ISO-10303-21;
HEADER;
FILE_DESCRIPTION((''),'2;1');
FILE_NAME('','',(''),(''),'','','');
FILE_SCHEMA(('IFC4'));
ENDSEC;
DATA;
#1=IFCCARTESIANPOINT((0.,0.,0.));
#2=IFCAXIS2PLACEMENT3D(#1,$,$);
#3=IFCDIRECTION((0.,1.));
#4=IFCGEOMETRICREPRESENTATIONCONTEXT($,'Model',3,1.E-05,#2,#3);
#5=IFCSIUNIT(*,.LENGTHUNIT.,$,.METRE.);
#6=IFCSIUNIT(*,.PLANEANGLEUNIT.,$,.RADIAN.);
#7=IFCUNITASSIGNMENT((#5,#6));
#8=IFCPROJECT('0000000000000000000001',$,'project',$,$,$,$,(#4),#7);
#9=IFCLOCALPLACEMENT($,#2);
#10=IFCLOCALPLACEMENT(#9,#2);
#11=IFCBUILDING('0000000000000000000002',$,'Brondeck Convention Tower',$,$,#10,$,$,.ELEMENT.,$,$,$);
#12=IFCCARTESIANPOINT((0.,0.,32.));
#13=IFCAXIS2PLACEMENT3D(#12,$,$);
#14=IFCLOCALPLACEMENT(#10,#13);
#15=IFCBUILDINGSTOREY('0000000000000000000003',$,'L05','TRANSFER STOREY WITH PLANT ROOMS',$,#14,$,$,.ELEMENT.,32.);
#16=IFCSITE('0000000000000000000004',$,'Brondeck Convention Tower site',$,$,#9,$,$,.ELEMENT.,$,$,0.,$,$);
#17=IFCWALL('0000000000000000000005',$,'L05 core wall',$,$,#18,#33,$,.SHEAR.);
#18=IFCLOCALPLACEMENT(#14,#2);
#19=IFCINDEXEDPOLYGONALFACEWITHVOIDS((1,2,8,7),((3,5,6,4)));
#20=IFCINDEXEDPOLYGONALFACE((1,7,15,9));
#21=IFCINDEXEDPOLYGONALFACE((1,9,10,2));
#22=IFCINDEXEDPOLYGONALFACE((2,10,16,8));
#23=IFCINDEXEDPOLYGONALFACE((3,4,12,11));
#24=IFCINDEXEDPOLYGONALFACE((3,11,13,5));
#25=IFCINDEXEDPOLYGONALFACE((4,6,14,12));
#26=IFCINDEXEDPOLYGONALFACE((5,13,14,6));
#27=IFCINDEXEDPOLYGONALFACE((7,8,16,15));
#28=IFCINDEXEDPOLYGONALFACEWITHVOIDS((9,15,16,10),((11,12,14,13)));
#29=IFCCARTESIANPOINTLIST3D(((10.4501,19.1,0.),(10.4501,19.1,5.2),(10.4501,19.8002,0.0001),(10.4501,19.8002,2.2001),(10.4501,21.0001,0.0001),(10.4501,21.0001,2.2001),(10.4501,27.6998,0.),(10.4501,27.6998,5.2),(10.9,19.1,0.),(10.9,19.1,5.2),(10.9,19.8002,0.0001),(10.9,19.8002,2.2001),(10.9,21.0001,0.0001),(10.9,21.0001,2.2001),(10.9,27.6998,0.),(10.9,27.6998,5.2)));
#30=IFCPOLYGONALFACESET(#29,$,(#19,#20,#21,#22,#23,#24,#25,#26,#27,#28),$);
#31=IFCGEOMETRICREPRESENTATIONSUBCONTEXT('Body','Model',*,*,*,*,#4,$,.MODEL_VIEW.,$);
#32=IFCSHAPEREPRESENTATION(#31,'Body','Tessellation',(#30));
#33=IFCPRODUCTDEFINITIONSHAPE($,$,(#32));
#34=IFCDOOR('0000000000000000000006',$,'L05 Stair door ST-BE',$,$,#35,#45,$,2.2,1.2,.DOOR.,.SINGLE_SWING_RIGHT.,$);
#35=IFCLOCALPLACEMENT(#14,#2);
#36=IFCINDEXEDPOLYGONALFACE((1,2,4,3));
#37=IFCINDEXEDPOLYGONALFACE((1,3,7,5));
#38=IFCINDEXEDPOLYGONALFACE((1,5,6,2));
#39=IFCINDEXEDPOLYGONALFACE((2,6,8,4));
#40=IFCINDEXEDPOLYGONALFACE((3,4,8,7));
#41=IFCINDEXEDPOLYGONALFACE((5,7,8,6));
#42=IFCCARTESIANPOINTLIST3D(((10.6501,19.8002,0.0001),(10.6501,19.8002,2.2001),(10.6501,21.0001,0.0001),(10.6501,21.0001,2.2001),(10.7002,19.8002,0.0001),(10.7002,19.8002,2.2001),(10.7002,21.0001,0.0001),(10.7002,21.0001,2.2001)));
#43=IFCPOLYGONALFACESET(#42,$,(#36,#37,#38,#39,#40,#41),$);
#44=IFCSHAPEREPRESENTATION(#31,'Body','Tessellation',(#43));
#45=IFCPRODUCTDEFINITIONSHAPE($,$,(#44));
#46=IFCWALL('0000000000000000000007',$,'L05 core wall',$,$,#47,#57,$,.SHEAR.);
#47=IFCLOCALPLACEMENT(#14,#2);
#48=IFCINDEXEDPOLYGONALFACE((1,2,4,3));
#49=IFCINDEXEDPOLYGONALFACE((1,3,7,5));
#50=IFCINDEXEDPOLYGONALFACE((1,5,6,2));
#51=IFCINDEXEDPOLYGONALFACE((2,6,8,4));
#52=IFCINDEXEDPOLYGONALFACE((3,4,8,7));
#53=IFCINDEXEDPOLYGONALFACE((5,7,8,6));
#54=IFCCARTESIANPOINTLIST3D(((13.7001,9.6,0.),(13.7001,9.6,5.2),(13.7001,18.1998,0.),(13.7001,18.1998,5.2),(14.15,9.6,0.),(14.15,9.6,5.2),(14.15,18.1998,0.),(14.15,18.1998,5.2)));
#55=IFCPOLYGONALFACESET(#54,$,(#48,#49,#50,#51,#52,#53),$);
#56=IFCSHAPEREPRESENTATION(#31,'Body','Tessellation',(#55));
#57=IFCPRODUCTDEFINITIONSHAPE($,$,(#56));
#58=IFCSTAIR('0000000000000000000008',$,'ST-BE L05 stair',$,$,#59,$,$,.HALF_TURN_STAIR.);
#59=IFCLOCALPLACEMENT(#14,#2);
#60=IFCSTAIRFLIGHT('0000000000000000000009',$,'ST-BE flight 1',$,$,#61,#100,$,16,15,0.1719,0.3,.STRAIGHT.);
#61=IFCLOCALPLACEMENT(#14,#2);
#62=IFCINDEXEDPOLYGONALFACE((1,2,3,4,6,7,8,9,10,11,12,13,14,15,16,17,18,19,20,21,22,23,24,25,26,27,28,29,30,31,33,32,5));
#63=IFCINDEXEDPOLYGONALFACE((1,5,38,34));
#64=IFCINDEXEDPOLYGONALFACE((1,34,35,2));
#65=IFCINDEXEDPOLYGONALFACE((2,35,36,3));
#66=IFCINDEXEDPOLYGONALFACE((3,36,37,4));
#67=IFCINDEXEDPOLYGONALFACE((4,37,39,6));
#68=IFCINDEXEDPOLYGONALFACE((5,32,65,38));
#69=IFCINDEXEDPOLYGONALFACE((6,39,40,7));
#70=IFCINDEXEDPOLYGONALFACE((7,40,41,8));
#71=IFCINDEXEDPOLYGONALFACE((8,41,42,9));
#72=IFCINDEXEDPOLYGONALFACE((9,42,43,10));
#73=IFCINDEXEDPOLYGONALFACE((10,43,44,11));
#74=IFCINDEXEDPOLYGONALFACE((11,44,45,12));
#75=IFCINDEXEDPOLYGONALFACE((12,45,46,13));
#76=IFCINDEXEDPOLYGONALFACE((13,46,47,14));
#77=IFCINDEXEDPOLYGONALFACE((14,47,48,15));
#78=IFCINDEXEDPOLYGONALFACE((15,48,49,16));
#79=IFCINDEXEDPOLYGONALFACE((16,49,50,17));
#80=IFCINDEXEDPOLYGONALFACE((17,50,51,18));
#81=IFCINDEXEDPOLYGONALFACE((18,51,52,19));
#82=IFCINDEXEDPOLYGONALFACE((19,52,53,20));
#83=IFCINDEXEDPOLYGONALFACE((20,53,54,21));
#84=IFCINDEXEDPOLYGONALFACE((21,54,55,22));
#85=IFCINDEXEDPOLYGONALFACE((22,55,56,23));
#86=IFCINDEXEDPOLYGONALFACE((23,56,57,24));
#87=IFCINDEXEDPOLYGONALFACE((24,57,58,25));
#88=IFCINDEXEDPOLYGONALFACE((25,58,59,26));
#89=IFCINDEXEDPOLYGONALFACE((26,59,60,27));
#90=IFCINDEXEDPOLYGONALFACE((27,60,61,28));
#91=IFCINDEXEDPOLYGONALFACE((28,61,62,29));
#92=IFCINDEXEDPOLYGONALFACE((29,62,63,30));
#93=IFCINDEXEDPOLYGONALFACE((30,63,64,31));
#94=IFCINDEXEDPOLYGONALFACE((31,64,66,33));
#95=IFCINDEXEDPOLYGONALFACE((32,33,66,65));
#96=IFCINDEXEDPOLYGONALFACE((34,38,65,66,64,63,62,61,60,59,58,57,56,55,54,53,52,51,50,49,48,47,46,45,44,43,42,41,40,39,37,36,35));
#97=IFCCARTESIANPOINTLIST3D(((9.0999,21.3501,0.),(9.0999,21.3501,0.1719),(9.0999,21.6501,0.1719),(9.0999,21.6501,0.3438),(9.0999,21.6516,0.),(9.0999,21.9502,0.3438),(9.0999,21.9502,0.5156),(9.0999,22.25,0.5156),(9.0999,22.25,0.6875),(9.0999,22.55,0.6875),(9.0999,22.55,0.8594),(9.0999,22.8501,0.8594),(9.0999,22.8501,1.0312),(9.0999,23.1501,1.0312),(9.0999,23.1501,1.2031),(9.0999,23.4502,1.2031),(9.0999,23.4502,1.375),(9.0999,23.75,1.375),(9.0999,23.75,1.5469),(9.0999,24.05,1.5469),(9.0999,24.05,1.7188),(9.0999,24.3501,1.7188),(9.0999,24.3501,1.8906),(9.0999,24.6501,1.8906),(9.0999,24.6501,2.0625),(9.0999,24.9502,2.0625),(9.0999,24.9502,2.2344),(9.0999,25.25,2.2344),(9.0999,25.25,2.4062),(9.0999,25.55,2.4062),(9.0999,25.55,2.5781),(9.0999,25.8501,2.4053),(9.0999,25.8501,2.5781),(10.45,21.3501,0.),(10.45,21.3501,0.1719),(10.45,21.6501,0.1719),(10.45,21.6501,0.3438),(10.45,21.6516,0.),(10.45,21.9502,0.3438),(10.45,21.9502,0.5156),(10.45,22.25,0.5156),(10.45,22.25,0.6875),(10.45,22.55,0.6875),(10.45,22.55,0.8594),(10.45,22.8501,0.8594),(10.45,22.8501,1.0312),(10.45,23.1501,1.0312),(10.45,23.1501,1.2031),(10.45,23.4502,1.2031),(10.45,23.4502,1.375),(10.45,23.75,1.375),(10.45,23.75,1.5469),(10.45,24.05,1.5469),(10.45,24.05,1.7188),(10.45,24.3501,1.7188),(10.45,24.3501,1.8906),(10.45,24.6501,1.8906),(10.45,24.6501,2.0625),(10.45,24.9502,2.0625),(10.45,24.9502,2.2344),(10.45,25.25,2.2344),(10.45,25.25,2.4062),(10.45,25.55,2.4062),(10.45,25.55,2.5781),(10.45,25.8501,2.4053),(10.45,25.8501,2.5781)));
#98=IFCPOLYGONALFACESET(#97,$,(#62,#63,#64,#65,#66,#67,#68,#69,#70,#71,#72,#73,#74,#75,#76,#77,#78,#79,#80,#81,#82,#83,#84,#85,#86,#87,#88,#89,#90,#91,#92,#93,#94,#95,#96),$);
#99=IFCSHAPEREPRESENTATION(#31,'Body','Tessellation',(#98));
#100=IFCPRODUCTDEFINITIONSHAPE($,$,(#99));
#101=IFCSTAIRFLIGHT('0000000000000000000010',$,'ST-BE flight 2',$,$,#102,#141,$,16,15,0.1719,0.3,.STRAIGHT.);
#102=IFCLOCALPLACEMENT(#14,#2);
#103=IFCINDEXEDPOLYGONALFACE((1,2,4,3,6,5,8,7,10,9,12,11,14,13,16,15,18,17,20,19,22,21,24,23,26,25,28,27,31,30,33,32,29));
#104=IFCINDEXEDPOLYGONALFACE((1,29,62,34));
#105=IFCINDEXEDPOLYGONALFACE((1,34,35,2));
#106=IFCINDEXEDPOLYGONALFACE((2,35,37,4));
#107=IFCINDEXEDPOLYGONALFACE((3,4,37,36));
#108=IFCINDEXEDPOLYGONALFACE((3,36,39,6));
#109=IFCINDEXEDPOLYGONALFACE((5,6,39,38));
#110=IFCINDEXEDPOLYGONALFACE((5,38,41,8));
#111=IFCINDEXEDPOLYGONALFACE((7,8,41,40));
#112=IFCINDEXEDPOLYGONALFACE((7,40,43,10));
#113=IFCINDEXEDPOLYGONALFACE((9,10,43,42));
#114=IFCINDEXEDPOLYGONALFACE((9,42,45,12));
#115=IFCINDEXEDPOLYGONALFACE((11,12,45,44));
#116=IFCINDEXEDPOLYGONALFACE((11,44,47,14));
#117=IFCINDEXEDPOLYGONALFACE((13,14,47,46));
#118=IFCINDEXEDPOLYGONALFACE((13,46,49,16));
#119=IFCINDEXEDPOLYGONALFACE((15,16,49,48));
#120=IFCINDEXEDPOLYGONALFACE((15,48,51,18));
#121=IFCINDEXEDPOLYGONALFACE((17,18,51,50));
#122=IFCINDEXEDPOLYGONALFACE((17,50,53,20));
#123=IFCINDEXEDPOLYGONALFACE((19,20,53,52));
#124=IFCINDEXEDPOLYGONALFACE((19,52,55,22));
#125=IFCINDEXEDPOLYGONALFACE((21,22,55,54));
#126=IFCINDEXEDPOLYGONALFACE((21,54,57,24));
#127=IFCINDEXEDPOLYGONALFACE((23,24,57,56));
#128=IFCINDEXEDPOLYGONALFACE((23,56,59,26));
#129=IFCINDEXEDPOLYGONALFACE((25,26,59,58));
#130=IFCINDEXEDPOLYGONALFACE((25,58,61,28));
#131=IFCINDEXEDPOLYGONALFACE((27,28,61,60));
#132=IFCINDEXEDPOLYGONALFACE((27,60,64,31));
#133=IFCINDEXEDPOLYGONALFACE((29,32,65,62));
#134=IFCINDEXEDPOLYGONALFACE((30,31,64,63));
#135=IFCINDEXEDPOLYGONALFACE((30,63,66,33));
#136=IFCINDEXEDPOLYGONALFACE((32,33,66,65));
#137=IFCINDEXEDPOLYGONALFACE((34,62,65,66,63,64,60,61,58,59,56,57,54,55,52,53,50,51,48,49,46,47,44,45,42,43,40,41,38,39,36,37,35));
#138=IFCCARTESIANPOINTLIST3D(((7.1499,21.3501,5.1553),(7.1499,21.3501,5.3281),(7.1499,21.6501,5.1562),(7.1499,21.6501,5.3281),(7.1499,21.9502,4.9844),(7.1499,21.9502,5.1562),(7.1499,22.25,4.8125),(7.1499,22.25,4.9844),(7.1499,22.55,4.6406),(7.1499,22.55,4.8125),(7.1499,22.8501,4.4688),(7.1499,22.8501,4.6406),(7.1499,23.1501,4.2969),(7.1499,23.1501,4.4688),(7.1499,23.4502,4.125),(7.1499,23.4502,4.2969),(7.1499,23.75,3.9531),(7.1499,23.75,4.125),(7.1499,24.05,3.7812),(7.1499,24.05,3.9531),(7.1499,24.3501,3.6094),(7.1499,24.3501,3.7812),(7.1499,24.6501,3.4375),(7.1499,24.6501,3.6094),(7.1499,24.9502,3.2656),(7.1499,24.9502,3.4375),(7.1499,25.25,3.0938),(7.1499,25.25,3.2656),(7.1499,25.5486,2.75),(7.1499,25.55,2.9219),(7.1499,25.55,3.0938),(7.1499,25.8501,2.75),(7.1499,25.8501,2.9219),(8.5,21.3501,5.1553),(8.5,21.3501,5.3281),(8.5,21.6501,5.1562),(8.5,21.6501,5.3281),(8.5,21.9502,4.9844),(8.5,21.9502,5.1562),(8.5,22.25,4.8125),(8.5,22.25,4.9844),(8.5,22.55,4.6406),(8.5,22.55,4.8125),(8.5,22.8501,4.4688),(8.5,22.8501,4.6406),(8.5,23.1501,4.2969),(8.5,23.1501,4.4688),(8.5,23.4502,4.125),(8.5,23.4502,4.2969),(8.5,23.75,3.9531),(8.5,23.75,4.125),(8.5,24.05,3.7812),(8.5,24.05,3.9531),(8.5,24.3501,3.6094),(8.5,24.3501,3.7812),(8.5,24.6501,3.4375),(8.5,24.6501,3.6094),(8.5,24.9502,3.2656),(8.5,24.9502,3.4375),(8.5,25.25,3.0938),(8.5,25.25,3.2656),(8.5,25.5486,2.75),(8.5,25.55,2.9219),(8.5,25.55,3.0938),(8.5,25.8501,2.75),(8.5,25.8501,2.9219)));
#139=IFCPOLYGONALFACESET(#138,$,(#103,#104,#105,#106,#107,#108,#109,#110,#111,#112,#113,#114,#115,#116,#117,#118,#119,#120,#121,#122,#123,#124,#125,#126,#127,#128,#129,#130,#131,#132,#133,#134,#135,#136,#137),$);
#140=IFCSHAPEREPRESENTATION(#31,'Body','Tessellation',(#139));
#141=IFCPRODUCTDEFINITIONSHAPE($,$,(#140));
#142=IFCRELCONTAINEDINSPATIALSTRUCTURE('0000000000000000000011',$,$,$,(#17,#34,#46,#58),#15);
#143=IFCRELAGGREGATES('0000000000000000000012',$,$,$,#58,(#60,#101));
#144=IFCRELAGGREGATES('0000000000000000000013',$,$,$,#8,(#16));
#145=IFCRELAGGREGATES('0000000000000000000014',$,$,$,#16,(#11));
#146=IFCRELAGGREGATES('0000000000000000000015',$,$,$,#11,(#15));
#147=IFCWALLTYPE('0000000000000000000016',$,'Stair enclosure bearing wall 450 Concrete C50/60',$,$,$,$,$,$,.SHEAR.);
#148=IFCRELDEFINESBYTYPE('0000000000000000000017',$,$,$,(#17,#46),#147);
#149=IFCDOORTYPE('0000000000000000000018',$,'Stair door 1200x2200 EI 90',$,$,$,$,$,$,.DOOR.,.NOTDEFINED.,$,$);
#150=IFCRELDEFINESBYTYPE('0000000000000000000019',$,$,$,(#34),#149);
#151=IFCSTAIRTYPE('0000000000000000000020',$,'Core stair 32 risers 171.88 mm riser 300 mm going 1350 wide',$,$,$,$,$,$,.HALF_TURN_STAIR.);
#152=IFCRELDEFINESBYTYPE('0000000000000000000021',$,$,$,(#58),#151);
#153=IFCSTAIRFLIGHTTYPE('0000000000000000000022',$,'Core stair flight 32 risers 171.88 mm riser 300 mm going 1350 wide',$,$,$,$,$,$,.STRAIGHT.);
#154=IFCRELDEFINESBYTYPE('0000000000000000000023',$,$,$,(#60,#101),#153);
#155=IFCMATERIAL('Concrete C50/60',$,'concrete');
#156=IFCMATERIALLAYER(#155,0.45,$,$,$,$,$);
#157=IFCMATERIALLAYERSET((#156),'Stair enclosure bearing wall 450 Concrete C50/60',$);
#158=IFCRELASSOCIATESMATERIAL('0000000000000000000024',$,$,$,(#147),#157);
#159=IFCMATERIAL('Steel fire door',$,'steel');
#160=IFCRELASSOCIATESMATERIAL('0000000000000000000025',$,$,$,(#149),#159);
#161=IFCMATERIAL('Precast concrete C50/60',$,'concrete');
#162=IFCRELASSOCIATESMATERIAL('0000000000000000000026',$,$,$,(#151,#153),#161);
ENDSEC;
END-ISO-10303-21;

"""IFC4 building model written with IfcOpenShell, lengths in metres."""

from ifc_helpers import new_model, si_unit, direction, frame, frame_2d, origin, place, context, subcontext, project, spatial, polyline, rectangle, outline, extrude, material, layer, layer_set, type_object, element, fill, aggregate, save


model = new_model("IFC4")

# Units and contexts
model_context = context("Model", 3, precision=1e-05, world=origin(), true_north=direction((0.0, 1.0)))
body_context = subcontext(model_context, "Body", "Model", "MODEL_VIEW")
ifc_project = project(units=[si_unit("LENGTHUNIT", "METRE"), si_unit("PLANEANGLEUNIT", "RADIAN")], contexts=[model_context])

# Site, building, storey
site_placement = place(None, origin())
site = spatial("IfcSite", under=ifc_project, at=site_placement, Name="Brondeck Convention Tower site", CompositionType="ELEMENT", RefElevation=0.0)
building_placement = place(site_placement, origin())
building = spatial("IfcBuilding", under=site, at=building_placement, Name="Brondeck Convention Tower", CompositionType="ELEMENT")
storey_placement = place(building_placement, frame((0.0, 0.0, 32.0)))
storey = spatial("IfcBuildingStorey", under=building, at=storey_placement, Name="L05", Description="TRANSFER STOREY WITH PLANT ROOMS", CompositionType="ELEMENT", Elevation=32.0)

# Shared definitions
ifc_material_1 = material(Name="Concrete C50/60", Category="concrete")
ifc_layer_1 = layer(ifc_material_1, 0.45)
ifc_layer_set_1 = layer_set([ifc_layer_1], Name="Stair enclosure bearing wall 450 Concrete C50/60")
wall_type_1 = type_object("IfcWallType", Name="Stair enclosure bearing wall 450 Concrete C50/60", PredefinedType="SHEAR", material=ifc_layer_set_1)

# Wall, opening, door
wall_1_placement = place(storey_placement, frame((10.675, 19.1001, 0.0), z_axis=(0.0, 0.0, 1.0), x_axis=(0.0, 1.0, 0.0)))
wall_1 = element("IfcWall", 1, at=wall_1_placement, inside=storey, type_object=wall_type_1, Name="L05 core wall", PredefinedType="SHEAR", context=body_context, shape_type="SweptSolid", body=[
    extrude(rectangle(XDim=8.5999, YDim=0.45, at=frame_2d((4.2998, 0.0))), origin(), (0.0, 0.0, 1.0), 5.2),
])
opening_1_placement = place(wall_1_placement, frame((0.7, 0.0, 0.0)))
opening_1 = element("IfcOpeningElement", 2, at=opening_1_placement, cuts=wall_1, PredefinedType="OPENING", context=body_context, shape_type="SweptSolid", body=[
    extrude(rectangle(XDim=1.2, YDim=2.2, at=frame_2d((0.6001, 1.1001))), frame((0.0, 0.2349, 0.0), z_axis=(0.0, -1.0, 0.0), x_axis=(1.0, 0.0, 0.0)), (0.0, 0.0, 1.0), 0.47),
])
ifc_material_2 = material(Name="Steel fire door", Category="steel")
door_type_1 = type_object("IfcDoorType", Name="Stair door 1200x2200 EI 90", OperationType="NOTDEFINED", PredefinedType="DOOR", material=ifc_material_2)
door_1_placement = place(opening_1_placement, origin())
door_1 = element("IfcDoor", 3, at=door_1_placement, inside=storey, type_object=door_type_1, Name="L05 Stair door ST-BE", OperationType="SINGLE_SWING_RIGHT", OverallHeight=2.2, OverallWidth=1.2, PredefinedType="DOOR", context=body_context, shape_type="SweptSolid", body=[
    extrude(rectangle(XDim=1.2, YDim=2.2, at=frame_2d((0.6001, 1.1001))), frame((0.0, 0.0249, 0.0), z_axis=(0.0, -1.0, 0.0), x_axis=(1.0, 0.0, 0.0)), (0.0, 0.0, 1.0), 0.05),
])
fill(opening_1, door_1)

# Wall
wall_2_placement = place(storey_placement, frame((13.925, 9.6001, 0.0), z_axis=(0.0, 0.0, 1.0), x_axis=(0.0, 1.0, 0.0)))
element("IfcWall", 4, at=wall_2_placement, inside=storey, type_object=wall_type_1, Name="L05 core wall", PredefinedType="SHEAR", context=body_context, shape_type="SweptSolid", body=[
    extrude(rectangle(XDim=8.5999, YDim=0.45, at=frame_2d((4.2998, 0.0))), origin(), (0.0, 0.0, 1.0), 5.2),
])

# Stair, stair flights
ifc_material_3 = material(Name="Precast concrete C50/60", Category="concrete")
stair_type = type_object("IfcStairType", Name="Core stair 32 risers 171.88 mm riser 300 mm going 1350 wide", PredefinedType="HALF_TURN_STAIR", material=ifc_material_3)
stair_1_placement = place(storey_placement, origin())
stair_1 = element("IfcStair", 5, at=stair_1_placement, inside=storey, type_object=stair_type, Name="ST-BE L05 stair", PredefinedType="HALF_TURN_STAIR")
stair_flight_type = type_object("IfcStairFlightType", Name="Core stair flight 32 risers 171.88 mm riser 300 mm going 1350 wide", PredefinedType="STRAIGHT", material=ifc_material_3)
stair_flight_1_placement = place(storey_placement, frame((9.7749, 21.3501, 0.0), z_axis=(0.0, 0.0, 1.0), x_axis=(0.0, 1.0, 0.0)))
stair_flight_1 = element("IfcStairFlight", 6, at=stair_flight_1_placement, type_object=stair_flight_type, Name="ST-BE flight 1", NumberOfRisers=16, NumberOfTreads=15, PredefinedType="STRAIGHT", RiserHeight=0.1719, TreadLength=0.3, context=body_context, shape_type="SweptSolid", body=[
    extrude(outline(polyline([(0.0, 0.0), (0.0, 0.1719), (0.3, 0.1719), (0.3, 0.3438), (0.6001, 0.3438), (0.6001, 0.5156), (0.8999, 0.5156), (0.8999, 0.6875), (1.2, 0.6875), (1.2, 0.8594), (1.5, 0.8594), (1.5, 1.0312), (1.8, 1.0312), (1.8, 1.2031), (2.1001, 1.2031), (2.1001, 1.375), (2.3999, 1.375), (2.3999, 1.5469), (2.7, 1.5469), (2.7, 1.7188), (3.0, 1.7188), (3.0, 1.8906), (3.3, 1.8906), (3.3, 2.0625), (3.6001, 2.0625), (3.6001, 2.2344), (3.8999, 2.2344), (3.8999, 2.4062), (4.2, 2.4062), (4.2, 2.5781), (4.5, 2.5781), (4.5, 2.75), (4.5, 2.4053), (0.3015, 0.0), (0.0, 0.0)])), frame((0.0, 0.675, 0.0), z_axis=(0.0, -1.0, 0.0), x_axis=(1.0, 0.0, 0.0)), (0.0, 0.0, 1.0), 1.3501),
])
stair_flight_2_placement = place(storey_placement, frame((7.825, 25.8501, 2.75), z_axis=(0.0, 0.0, 1.0), x_axis=(0.0, -1.0, 0.0)))
stair_flight_2 = element("IfcStairFlight", 7, at=stair_flight_2_placement, type_object=stair_flight_type, Name="ST-BE flight 2", NumberOfRisers=16, NumberOfTreads=15, PredefinedType="STRAIGHT", RiserHeight=0.1719, TreadLength=0.3, context=body_context, shape_type="SweptSolid", body=[
    extrude(outline(polyline([(0.0, 0.0), (0.0, 0.1719), (0.3, 0.1719), (0.3, 0.3438), (0.6001, 0.3438), (0.6001, 0.5156), (0.8999, 0.5156), (0.8999, 0.6875), (1.2, 0.6875), (1.2, 0.8594), (1.5, 0.8594), (1.5, 1.0312), (1.8, 1.0312), (1.8, 1.2031), (2.1001, 1.2031), (2.1001, 1.375), (2.3999, 1.375), (2.3999, 1.5469), (2.7, 1.5469), (2.7, 1.7188), (3.0, 1.7188), (3.0, 1.8906), (3.3, 1.8906), (3.3, 2.0625), (3.6001, 2.0625), (3.6001, 2.2344), (3.8999, 2.2344), (3.8999, 2.4062), (4.2, 2.4062), (4.2, 2.5781), (4.5, 2.5781), (4.5, 2.75), (4.5, 2.4053), (0.3015, 0.0), (0.0, 0.0)])), frame((0.0, 0.675, 0.0), z_axis=(0.0, -1.0, 0.0), x_axis=(1.0, 0.0, 0.0)), (0.0, 0.0, 1.0), 1.3501),
])
aggregate(stair_1, [stair_flight_1, stair_flight_2])

save(model, "model.ifc")
